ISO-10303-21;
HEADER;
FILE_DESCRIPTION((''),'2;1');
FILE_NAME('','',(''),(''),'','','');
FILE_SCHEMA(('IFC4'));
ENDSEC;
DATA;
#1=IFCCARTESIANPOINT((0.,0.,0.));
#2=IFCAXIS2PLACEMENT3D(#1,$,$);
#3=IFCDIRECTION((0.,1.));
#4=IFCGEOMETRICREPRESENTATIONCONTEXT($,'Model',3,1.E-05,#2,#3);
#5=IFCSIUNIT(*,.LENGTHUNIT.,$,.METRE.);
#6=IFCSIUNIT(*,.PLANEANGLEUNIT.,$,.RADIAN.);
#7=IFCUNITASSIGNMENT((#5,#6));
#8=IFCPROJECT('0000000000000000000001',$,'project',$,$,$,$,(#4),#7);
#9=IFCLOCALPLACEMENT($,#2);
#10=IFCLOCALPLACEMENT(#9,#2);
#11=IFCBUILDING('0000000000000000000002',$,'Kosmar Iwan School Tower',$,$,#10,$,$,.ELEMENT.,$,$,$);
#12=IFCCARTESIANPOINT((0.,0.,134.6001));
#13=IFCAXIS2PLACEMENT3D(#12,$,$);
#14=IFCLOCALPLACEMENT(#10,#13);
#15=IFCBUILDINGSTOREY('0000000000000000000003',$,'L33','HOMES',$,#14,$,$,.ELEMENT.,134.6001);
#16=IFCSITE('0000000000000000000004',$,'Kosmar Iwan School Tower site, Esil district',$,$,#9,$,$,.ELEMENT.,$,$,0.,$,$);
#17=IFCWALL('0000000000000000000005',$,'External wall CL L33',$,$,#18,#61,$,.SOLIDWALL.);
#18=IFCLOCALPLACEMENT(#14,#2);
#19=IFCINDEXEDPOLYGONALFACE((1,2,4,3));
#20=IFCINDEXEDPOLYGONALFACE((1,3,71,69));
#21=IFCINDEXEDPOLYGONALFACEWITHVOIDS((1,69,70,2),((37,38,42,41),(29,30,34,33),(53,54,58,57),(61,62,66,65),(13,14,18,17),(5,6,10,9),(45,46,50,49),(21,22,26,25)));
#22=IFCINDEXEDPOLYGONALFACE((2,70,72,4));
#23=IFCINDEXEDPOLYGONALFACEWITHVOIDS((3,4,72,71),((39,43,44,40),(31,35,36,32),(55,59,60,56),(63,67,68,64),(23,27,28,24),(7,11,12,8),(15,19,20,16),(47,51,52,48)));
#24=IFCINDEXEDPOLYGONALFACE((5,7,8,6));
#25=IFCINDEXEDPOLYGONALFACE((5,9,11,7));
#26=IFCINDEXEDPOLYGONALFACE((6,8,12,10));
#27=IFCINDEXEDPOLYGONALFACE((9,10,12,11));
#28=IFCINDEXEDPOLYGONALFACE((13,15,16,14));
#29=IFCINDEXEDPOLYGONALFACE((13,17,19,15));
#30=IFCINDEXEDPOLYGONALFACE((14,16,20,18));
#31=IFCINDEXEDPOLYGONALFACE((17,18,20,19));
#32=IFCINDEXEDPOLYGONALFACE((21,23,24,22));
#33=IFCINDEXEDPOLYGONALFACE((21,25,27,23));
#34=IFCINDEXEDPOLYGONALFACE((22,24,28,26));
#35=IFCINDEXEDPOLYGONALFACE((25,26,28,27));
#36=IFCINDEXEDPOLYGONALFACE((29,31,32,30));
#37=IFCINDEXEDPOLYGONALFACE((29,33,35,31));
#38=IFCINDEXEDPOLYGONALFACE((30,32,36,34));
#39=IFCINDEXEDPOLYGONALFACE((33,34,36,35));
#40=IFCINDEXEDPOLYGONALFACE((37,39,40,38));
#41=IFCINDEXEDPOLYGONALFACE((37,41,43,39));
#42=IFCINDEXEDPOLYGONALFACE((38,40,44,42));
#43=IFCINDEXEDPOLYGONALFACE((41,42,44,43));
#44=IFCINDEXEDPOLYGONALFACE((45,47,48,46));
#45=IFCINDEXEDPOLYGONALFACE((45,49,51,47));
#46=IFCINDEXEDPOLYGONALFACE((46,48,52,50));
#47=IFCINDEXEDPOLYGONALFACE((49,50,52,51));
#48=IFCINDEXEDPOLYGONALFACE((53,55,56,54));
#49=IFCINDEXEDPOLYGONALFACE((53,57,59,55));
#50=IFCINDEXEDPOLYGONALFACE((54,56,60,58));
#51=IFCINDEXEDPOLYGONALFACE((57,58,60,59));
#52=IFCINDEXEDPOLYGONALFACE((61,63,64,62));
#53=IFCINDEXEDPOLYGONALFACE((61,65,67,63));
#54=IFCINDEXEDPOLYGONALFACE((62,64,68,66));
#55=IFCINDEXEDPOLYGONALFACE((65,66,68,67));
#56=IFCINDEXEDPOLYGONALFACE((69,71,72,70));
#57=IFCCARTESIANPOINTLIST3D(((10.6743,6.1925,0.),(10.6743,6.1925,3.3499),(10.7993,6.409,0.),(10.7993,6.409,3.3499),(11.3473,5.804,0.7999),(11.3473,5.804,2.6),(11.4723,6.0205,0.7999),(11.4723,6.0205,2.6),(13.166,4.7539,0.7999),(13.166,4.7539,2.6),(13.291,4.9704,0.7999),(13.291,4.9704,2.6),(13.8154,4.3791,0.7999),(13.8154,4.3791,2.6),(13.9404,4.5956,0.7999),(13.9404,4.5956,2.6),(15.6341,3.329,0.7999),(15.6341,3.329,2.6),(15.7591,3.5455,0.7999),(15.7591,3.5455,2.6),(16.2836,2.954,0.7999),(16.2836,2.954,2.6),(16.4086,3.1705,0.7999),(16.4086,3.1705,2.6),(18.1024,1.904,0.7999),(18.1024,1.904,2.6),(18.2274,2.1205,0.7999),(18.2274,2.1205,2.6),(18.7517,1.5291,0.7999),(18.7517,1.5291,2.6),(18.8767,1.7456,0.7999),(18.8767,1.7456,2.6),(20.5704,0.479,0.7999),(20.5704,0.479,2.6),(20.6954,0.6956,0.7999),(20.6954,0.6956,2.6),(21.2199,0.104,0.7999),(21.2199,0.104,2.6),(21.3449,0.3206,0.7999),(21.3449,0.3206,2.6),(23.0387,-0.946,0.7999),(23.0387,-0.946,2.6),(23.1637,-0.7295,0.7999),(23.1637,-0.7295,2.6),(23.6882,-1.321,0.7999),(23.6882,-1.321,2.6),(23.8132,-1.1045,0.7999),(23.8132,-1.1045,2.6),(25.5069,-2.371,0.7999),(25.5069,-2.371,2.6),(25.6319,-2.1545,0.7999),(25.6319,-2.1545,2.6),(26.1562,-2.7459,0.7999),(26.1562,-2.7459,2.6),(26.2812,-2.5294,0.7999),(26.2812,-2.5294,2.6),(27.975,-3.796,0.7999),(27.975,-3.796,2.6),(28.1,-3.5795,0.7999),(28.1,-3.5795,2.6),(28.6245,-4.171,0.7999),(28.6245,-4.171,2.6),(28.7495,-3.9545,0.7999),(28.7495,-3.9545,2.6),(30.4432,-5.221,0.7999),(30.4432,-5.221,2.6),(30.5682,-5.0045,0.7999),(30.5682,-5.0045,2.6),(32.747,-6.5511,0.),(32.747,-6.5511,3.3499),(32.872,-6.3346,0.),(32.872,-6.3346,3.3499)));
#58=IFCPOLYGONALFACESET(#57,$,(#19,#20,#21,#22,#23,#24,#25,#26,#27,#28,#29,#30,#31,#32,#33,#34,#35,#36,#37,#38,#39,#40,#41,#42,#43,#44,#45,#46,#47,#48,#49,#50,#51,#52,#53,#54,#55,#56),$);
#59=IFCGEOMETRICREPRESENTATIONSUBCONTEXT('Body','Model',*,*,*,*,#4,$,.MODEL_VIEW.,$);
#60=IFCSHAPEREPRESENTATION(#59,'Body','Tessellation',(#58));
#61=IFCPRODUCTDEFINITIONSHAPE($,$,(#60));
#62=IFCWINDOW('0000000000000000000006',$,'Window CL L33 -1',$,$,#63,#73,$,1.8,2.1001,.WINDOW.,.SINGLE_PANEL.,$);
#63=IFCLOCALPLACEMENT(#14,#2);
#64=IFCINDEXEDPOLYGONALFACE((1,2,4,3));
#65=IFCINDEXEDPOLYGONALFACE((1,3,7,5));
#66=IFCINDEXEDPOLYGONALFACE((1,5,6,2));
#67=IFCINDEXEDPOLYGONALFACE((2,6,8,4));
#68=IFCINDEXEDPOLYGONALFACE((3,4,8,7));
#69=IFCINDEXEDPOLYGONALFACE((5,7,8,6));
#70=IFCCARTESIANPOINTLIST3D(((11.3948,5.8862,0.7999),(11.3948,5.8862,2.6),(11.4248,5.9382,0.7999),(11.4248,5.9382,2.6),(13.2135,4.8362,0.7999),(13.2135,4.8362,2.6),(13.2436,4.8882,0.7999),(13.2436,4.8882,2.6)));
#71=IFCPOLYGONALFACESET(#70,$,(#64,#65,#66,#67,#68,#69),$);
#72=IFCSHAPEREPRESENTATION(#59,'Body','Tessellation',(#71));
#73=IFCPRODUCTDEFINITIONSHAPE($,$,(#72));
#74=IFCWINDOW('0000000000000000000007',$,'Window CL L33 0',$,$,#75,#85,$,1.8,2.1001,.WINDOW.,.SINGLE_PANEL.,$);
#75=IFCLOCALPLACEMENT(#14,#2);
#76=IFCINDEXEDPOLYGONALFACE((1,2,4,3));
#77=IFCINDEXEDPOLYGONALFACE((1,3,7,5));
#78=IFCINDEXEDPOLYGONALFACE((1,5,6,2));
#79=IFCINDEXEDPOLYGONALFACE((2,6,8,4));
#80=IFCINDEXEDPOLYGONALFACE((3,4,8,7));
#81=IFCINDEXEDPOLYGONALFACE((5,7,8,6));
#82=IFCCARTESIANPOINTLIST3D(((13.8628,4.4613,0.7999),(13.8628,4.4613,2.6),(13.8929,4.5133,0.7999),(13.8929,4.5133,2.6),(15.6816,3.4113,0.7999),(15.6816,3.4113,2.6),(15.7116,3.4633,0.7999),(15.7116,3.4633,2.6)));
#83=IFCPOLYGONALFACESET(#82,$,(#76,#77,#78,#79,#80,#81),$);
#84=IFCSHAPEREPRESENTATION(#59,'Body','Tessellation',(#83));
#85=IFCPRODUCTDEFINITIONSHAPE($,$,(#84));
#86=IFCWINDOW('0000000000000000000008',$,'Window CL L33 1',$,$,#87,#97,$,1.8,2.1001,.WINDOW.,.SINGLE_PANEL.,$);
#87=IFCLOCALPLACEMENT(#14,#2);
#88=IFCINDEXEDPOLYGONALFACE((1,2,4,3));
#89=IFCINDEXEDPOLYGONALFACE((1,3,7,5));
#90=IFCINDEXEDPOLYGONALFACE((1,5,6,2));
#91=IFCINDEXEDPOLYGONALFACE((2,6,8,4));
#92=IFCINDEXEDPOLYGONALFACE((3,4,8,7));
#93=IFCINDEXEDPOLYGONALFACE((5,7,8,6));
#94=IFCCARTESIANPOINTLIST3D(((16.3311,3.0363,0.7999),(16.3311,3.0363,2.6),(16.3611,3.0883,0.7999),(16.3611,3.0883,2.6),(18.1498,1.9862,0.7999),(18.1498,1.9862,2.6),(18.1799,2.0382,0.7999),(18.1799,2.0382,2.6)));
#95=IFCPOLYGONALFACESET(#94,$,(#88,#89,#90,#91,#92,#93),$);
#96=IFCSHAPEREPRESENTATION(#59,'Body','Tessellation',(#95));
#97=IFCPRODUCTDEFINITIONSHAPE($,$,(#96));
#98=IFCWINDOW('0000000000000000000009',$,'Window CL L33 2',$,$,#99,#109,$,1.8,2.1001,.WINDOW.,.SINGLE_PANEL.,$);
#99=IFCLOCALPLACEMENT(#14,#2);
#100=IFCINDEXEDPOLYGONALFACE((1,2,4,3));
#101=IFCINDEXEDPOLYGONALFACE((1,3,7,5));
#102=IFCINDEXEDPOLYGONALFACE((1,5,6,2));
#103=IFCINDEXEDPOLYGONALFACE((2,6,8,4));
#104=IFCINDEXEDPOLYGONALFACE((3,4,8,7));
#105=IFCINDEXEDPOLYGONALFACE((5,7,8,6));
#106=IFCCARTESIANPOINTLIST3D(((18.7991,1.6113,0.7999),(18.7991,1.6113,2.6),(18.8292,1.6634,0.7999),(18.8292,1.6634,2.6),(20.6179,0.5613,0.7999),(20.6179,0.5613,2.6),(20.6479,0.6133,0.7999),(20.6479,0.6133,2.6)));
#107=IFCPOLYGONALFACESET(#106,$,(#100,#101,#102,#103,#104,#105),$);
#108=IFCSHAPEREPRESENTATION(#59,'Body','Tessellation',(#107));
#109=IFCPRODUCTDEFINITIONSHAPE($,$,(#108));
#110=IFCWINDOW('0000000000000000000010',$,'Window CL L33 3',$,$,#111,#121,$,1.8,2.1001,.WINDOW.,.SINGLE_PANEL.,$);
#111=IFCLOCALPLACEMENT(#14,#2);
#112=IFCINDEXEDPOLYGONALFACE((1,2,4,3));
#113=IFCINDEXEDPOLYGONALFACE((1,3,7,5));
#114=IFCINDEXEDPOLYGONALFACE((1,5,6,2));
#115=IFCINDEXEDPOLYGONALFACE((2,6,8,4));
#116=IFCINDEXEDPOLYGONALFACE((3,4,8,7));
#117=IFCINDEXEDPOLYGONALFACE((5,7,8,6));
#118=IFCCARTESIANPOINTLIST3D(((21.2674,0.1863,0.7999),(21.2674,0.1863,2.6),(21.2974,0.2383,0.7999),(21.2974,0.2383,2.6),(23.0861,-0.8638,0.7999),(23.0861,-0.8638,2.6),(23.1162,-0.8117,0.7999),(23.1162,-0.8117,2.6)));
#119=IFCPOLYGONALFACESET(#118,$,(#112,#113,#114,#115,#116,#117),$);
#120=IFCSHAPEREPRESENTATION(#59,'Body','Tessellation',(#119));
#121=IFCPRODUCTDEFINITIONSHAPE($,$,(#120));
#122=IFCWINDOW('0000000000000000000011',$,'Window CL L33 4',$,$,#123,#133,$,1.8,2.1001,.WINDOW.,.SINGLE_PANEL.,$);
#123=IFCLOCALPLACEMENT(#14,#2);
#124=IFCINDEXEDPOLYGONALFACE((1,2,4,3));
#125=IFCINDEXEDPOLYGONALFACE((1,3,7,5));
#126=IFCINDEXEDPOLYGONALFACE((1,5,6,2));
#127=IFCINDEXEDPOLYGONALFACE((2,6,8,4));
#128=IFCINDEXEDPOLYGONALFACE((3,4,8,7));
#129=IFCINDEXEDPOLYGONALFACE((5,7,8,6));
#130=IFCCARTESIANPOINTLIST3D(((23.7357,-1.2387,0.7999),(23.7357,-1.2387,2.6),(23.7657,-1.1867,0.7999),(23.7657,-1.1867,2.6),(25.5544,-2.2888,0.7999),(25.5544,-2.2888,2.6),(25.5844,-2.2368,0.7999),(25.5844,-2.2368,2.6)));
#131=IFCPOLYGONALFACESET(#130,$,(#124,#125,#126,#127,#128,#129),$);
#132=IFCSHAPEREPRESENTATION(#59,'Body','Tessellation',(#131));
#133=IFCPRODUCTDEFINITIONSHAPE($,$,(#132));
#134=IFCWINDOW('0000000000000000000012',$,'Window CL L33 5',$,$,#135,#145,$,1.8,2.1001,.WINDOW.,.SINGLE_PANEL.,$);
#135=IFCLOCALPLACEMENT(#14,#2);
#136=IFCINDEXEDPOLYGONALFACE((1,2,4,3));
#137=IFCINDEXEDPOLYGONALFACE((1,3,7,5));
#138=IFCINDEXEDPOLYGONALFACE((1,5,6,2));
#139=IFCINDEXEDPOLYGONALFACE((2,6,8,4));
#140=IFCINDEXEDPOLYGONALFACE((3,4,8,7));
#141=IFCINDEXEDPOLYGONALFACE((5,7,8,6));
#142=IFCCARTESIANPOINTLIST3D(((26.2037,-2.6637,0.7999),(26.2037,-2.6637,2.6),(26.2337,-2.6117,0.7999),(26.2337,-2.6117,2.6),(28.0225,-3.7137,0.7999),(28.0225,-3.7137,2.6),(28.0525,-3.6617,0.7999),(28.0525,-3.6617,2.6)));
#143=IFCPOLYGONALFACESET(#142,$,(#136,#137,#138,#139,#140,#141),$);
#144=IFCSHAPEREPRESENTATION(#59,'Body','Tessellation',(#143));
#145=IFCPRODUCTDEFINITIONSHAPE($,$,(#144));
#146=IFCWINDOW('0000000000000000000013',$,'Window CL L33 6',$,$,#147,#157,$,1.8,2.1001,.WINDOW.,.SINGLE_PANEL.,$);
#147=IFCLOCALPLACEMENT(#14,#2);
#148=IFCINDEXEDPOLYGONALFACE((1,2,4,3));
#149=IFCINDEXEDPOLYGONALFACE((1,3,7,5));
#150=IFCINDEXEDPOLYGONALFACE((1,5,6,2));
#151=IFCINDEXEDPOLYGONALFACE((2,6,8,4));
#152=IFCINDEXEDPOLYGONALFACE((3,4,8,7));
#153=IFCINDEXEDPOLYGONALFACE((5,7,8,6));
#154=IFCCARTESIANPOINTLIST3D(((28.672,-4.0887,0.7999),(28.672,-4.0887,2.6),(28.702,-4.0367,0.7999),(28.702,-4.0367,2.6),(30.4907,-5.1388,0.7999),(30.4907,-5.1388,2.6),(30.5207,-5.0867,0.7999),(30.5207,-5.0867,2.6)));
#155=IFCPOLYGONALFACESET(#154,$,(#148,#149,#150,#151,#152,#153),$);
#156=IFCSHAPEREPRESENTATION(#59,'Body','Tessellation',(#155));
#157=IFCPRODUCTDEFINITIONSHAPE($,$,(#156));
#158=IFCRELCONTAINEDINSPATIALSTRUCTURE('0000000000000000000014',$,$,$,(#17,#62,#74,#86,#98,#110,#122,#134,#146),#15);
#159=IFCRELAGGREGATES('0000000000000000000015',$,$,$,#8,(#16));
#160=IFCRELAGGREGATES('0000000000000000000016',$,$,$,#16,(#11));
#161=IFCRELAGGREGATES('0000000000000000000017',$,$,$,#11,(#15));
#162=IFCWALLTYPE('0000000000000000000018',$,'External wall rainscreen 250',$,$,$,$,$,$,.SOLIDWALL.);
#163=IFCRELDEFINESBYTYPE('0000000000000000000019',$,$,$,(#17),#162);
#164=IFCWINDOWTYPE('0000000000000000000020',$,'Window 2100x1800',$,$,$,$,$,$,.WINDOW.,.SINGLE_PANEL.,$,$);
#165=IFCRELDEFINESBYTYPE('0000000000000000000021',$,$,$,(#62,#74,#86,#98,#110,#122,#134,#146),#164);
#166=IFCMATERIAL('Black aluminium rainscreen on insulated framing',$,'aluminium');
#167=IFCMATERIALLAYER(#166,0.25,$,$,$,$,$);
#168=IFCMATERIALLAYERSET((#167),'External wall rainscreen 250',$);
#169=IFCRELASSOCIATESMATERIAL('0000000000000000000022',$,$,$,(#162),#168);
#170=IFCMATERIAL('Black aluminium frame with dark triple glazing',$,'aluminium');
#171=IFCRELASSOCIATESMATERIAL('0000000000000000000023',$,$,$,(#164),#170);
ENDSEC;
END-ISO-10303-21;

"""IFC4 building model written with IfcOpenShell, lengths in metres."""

from ifc_helpers import new_model, si_unit, direction, frame, frame_2d, origin, place, context, subcontext, project, spatial, rectangle, extrude, material, layer, layer_set, type_object, element, fill, save


model = new_model("IFC4")

# Units and contexts
model_context = context("Model", 3, precision=1e-05, world=origin(), true_north=direction((0.0, 1.0)))
body_context = subcontext(model_context, "Body", "Model", "MODEL_VIEW")
ifc_project = project(units=[si_unit("LENGTHUNIT", "METRE"), si_unit("PLANEANGLEUNIT", "RADIAN")], contexts=[model_context])

# Site, building, storey
site_placement = place(None, origin())
site = spatial("IfcSite", under=ifc_project, at=site_placement, Name="Kosmar Iwan School Tower site, Esil district", CompositionType="ELEMENT", RefElevation=0.0)
building_placement = place(site_placement, origin())
building = spatial("IfcBuilding", under=site, at=building_placement, Name="Kosmar Iwan School Tower", CompositionType="ELEMENT")
storey_placement = place(building_placement, frame((0.0, 0.0, 134.6001)))
storey = spatial("IfcBuildingStorey", under=building, at=storey_placement, Name="L33", Description="HOMES", CompositionType="ELEMENT", Elevation=134.6001)

# Wall, openings, windows
ifc_material_1 = material(Name="Black aluminium rainscreen on insulated framing", Category="aluminium")
ifc_layer_1 = layer(ifc_material_1, 0.25)
ifc_layer_set_1 = layer_set([ifc_layer_1], Name="External wall rainscreen 250")
wall_type_1 = type_object("IfcWallType", Name="External wall rainscreen 250", PredefinedType="SOLIDWALL", material=ifc_layer_set_1)
wall_1_placement = place(storey_placement, frame((10.7368, 6.3008, 0.0), z_axis=(0.0, 0.0, 1.0), x_axis=(0.866026, -0.499998, 0.0)))
wall_1 = element("IfcWall", 1, at=wall_1_placement, inside=storey, type_object=wall_type_1, Name="External wall CL L33", PredefinedType="SOLIDWALL", context=body_context, shape_type="SweptSolid", body=[
    extrude(rectangle(XDim=25.4873, YDim=0.25, at=frame_2d((12.7437, 0.0))), origin(), (0.0, 0.0, 1.0), 3.3499),
])
opening_1_placement = place(wall_1_placement, frame((0.7771, 0.0, 0.8)))
opening_1 = element("IfcOpeningElement", 2, at=opening_1_placement, cuts=wall_1, PredefinedType="OPENING", context=body_context, shape_type="SweptSolid", body=[
    extrude(rectangle(XDim=2.1001, YDim=1.8, at=frame_2d((1.05, 0.8999))), frame((0.0, 0.137, 0.0), z_axis=(0.0, -1.0, 0.0), x_axis=(1.0, 0.0, 0.0)), (0.0, 0.0, 1.0), 0.2739),
])
opening_2_placement = place(wall_1_placement, frame((3.627, 0.0, 0.8)))
opening_2 = element("IfcOpeningElement", 3, at=opening_2_placement, cuts=wall_1, PredefinedType="OPENING", context=body_context, shape_type="SweptSolid", body=[
    extrude(rectangle(XDim=2.1001, YDim=1.8, at=frame_2d((1.05, 0.8999))), frame((0.0, 0.137, 0.0), z_axis=(0.0, -1.0, 0.0), x_axis=(1.0, 0.0, 0.0)), (0.0, 0.0, 1.0), 0.2739),
])
opening_3_placement = place(wall_1_placement, frame((6.4771, 0.0, 0.8)))
opening_3 = element("IfcOpeningElement", 4, at=opening_3_placement, cuts=wall_1, PredefinedType="OPENING", context=body_context, shape_type="SweptSolid", body=[
    extrude(rectangle(XDim=2.1001, YDim=1.8, at=frame_2d((1.05, 0.8999))), frame((0.0, 0.137, 0.0), z_axis=(0.0, -1.0, 0.0), x_axis=(1.0, 0.0, 0.0)), (0.0, 0.0, 1.0), 0.2739),
])
opening_4_placement = place(wall_1_placement, frame((9.3269, 0.0, 0.8)))
opening_4 = element("IfcOpeningElement", 5, at=opening_4_placement, cuts=wall_1, PredefinedType="OPENING", context=body_context, shape_type="SweptSolid", body=[
    extrude(rectangle(XDim=2.1001, YDim=1.8, at=frame_2d((1.05, 0.8999))), frame((0.0, 0.137, 0.0), z_axis=(0.0, -1.0, 0.0), x_axis=(1.0, 0.0, 0.0)), (0.0, 0.0, 1.0), 0.2739),
])
opening_5_placement = place(wall_1_placement, frame((12.177, 0.0, 0.8)))
opening_5 = element("IfcOpeningElement", 6, at=opening_5_placement, cuts=wall_1, PredefinedType="OPENING", context=body_context, shape_type="SweptSolid", body=[
    extrude(rectangle(XDim=2.1001, YDim=1.8, at=frame_2d((1.05, 0.8999))), frame((0.0, 0.137, 0.0), z_axis=(0.0, -1.0, 0.0), x_axis=(1.0, 0.0, 0.0)), (0.0, 0.0, 1.0), 0.2739),
])
opening_6_placement = place(wall_1_placement, frame((15.0271, 0.0, 0.8)))
opening_6 = element("IfcOpeningElement", 7, at=opening_6_placement, cuts=wall_1, PredefinedType="OPENING", context=body_context, shape_type="SweptSolid", body=[
    extrude(rectangle(XDim=2.1001, YDim=1.8, at=frame_2d((1.05, 0.8999))), frame((0.0, 0.137, 0.0), z_axis=(0.0, -1.0, 0.0), x_axis=(1.0, 0.0, 0.0)), (0.0, 0.0, 1.0), 0.2739),
])
opening_7_placement = place(wall_1_placement, frame((17.877, 0.0, 0.8)))
opening_7 = element("IfcOpeningElement", 8, at=opening_7_placement, cuts=wall_1, PredefinedType="OPENING", context=body_context, shape_type="SweptSolid", body=[
    extrude(rectangle(XDim=2.1001, YDim=1.8, at=frame_2d((1.05, 0.8999))), frame((0.0, 0.137, 0.0), z_axis=(0.0, -1.0, 0.0), x_axis=(1.0, 0.0, 0.0)), (0.0, 0.0, 1.0), 0.2739),
])
opening_8_placement = place(wall_1_placement, frame((20.7271, 0.0, 0.8)))
opening_8 = element("IfcOpeningElement", 9, at=opening_8_placement, cuts=wall_1, PredefinedType="OPENING", context=body_context, shape_type="SweptSolid", body=[
    extrude(rectangle(XDim=2.1001, YDim=1.8, at=frame_2d((1.05, 0.8999))), frame((0.0, 0.137, 0.0), z_axis=(0.0, -1.0, 0.0), x_axis=(1.0, 0.0, 0.0)), (0.0, 0.0, 1.0), 0.2739),
])
ifc_material_2 = material(Name="Black aluminium frame with dark triple glazing", Category="aluminium")
window_type = type_object("IfcWindowType", Name="Window 2100x1800", PartitioningType="SINGLE_PANEL", PredefinedType="WINDOW", material=ifc_material_2)
window_1_placement = place(opening_1_placement, origin())
window_1 = element("IfcWindow", 10, at=window_1_placement, inside=storey, type_object=window_type, Name="Window CL L33 -1", OverallHeight=1.8, OverallWidth=2.1001, PartitioningType="SINGLE_PANEL", PredefinedType="WINDOW", context=body_context, shape_type="SweptSolid", body=[
    extrude(rectangle(XDim=2.1001, YDim=1.8, at=frame_2d((1.05, 0.8999))), frame((0.0, 0.03, 0.0), z_axis=(0.0, -1.0, 0.0), x_axis=(1.0, 0.0, 0.0)), (0.0, 0.0, 1.0), 0.0601),
])
fill(opening_1, window_1)
window_2_placement = place(opening_2_placement, origin())
window_2 = element("IfcWindow", 11, at=window_2_placement, inside=storey, type_object=window_type, Name="Window CL L33 0", OverallHeight=1.8, OverallWidth=2.1001, PartitioningType="SINGLE_PANEL", PredefinedType="WINDOW", context=body_context, shape_type="SweptSolid", body=[
    extrude(rectangle(XDim=2.1001, YDim=1.8, at=frame_2d((1.05, 0.8999))), frame((0.0, 0.03, 0.0), z_axis=(0.0, -1.0, 0.0), x_axis=(1.0, 0.0, 0.0)), (0.0, 0.0, 1.0), 0.0601),
])
fill(opening_2, window_2)
window_3_placement = place(opening_3_placement, origin())
window_3 = element("IfcWindow", 12, at=window_3_placement, inside=storey, type_object=window_type, Name="Window CL L33 1", OverallHeight=1.8, OverallWidth=2.1001, PartitioningType="SINGLE_PANEL", PredefinedType="WINDOW", context=body_context, shape_type="SweptSolid", body=[
    extrude(rectangle(XDim=2.1001, YDim=1.8, at=frame_2d((1.05, 0.8999))), frame((0.0, 0.03, 0.0), z_axis=(0.0, -1.0, 0.0), x_axis=(1.0, 0.0, 0.0)), (0.0, 0.0, 1.0), 0.0601),
])
fill(opening_3, window_3)
window_4_placement = place(opening_4_placement, origin())
window_4 = element("IfcWindow", 13, at=window_4_placement, inside=storey, type_object=window_type, Name="Window CL L33 2", OverallHeight=1.8, OverallWidth=2.1001, PartitioningType="SINGLE_PANEL", PredefinedType="WINDOW", context=body_context, shape_type="SweptSolid", body=[
    extrude(rectangle(XDim=2.1001, YDim=1.8, at=frame_2d((1.05, 0.8999))), frame((0.0, 0.03, 0.0), z_axis=(0.0, -1.0, 0.0), x_axis=(1.0, 0.0, 0.0)), (0.0, 0.0, 1.0), 0.0601),
])
fill(opening_4, window_4)
window_5_placement = place(opening_5_placement, origin())
window_5 = element("IfcWindow", 14, at=window_5_placement, inside=storey, type_object=window_type, Name="Window CL L33 3", OverallHeight=1.8, OverallWidth=2.1001, PartitioningType="SINGLE_PANEL", PredefinedType="WINDOW", context=body_context, shape_type="SweptSolid", body=[
    extrude(rectangle(XDim=2.1001, YDim=1.8, at=frame_2d((1.05, 0.8999))), frame((0.0, 0.03, 0.0), z_axis=(0.0, -1.0, 0.0), x_axis=(1.0, 0.0, 0.0)), (0.0, 0.0, 1.0), 0.0601),
])
fill(opening_5, window_5)
window_6_placement = place(opening_6_placement, origin())
window_6 = element("IfcWindow", 15, at=window_6_placement, inside=storey, type_object=window_type, Name="Window CL L33 4", OverallHeight=1.8, OverallWidth=2.1001, PartitioningType="SINGLE_PANEL", PredefinedType="WINDOW", context=body_context, shape_type="SweptSolid", body=[
    extrude(rectangle(XDim=2.1001, YDim=1.8, at=frame_2d((1.05, 0.8999))), frame((0.0, 0.03, 0.0), z_axis=(0.0, -1.0, 0.0), x_axis=(1.0, 0.0, 0.0)), (0.0, 0.0, 1.0), 0.0601),
])
fill(opening_6, window_6)
window_7_placement = place(opening_7_placement, origin())
window_7 = element("IfcWindow", 16, at=window_7_placement, inside=storey, type_object=window_type, Name="Window CL L33 5", OverallHeight=1.8, OverallWidth=2.1001, PartitioningType="SINGLE_PANEL", PredefinedType="WINDOW", context=body_context, shape_type="SweptSolid", body=[
    extrude(rectangle(XDim=2.1001, YDim=1.8, at=frame_2d((1.05, 0.8999))), frame((0.0, 0.03, 0.0), z_axis=(0.0, -1.0, 0.0), x_axis=(1.0, 0.0, 0.0)), (0.0, 0.0, 1.0), 0.0601),
])
fill(opening_7, window_7)
window_8_placement = place(opening_8_placement, origin())
window_8 = element("IfcWindow", 17, at=window_8_placement, inside=storey, type_object=window_type, Name="Window CL L33 6", OverallHeight=1.8, OverallWidth=2.1001, PartitioningType="SINGLE_PANEL", PredefinedType="WINDOW", context=body_context, shape_type="SweptSolid", body=[
    extrude(rectangle(XDim=2.1001, YDim=1.8, at=frame_2d((1.05, 0.8999))), frame((0.0, 0.03, 0.0), z_axis=(0.0, -1.0, 0.0), x_axis=(1.0, 0.0, 0.0)), (0.0, 0.0, 1.0), 0.0601),
])
fill(opening_8, window_8)

save(model, "model.ifc")
